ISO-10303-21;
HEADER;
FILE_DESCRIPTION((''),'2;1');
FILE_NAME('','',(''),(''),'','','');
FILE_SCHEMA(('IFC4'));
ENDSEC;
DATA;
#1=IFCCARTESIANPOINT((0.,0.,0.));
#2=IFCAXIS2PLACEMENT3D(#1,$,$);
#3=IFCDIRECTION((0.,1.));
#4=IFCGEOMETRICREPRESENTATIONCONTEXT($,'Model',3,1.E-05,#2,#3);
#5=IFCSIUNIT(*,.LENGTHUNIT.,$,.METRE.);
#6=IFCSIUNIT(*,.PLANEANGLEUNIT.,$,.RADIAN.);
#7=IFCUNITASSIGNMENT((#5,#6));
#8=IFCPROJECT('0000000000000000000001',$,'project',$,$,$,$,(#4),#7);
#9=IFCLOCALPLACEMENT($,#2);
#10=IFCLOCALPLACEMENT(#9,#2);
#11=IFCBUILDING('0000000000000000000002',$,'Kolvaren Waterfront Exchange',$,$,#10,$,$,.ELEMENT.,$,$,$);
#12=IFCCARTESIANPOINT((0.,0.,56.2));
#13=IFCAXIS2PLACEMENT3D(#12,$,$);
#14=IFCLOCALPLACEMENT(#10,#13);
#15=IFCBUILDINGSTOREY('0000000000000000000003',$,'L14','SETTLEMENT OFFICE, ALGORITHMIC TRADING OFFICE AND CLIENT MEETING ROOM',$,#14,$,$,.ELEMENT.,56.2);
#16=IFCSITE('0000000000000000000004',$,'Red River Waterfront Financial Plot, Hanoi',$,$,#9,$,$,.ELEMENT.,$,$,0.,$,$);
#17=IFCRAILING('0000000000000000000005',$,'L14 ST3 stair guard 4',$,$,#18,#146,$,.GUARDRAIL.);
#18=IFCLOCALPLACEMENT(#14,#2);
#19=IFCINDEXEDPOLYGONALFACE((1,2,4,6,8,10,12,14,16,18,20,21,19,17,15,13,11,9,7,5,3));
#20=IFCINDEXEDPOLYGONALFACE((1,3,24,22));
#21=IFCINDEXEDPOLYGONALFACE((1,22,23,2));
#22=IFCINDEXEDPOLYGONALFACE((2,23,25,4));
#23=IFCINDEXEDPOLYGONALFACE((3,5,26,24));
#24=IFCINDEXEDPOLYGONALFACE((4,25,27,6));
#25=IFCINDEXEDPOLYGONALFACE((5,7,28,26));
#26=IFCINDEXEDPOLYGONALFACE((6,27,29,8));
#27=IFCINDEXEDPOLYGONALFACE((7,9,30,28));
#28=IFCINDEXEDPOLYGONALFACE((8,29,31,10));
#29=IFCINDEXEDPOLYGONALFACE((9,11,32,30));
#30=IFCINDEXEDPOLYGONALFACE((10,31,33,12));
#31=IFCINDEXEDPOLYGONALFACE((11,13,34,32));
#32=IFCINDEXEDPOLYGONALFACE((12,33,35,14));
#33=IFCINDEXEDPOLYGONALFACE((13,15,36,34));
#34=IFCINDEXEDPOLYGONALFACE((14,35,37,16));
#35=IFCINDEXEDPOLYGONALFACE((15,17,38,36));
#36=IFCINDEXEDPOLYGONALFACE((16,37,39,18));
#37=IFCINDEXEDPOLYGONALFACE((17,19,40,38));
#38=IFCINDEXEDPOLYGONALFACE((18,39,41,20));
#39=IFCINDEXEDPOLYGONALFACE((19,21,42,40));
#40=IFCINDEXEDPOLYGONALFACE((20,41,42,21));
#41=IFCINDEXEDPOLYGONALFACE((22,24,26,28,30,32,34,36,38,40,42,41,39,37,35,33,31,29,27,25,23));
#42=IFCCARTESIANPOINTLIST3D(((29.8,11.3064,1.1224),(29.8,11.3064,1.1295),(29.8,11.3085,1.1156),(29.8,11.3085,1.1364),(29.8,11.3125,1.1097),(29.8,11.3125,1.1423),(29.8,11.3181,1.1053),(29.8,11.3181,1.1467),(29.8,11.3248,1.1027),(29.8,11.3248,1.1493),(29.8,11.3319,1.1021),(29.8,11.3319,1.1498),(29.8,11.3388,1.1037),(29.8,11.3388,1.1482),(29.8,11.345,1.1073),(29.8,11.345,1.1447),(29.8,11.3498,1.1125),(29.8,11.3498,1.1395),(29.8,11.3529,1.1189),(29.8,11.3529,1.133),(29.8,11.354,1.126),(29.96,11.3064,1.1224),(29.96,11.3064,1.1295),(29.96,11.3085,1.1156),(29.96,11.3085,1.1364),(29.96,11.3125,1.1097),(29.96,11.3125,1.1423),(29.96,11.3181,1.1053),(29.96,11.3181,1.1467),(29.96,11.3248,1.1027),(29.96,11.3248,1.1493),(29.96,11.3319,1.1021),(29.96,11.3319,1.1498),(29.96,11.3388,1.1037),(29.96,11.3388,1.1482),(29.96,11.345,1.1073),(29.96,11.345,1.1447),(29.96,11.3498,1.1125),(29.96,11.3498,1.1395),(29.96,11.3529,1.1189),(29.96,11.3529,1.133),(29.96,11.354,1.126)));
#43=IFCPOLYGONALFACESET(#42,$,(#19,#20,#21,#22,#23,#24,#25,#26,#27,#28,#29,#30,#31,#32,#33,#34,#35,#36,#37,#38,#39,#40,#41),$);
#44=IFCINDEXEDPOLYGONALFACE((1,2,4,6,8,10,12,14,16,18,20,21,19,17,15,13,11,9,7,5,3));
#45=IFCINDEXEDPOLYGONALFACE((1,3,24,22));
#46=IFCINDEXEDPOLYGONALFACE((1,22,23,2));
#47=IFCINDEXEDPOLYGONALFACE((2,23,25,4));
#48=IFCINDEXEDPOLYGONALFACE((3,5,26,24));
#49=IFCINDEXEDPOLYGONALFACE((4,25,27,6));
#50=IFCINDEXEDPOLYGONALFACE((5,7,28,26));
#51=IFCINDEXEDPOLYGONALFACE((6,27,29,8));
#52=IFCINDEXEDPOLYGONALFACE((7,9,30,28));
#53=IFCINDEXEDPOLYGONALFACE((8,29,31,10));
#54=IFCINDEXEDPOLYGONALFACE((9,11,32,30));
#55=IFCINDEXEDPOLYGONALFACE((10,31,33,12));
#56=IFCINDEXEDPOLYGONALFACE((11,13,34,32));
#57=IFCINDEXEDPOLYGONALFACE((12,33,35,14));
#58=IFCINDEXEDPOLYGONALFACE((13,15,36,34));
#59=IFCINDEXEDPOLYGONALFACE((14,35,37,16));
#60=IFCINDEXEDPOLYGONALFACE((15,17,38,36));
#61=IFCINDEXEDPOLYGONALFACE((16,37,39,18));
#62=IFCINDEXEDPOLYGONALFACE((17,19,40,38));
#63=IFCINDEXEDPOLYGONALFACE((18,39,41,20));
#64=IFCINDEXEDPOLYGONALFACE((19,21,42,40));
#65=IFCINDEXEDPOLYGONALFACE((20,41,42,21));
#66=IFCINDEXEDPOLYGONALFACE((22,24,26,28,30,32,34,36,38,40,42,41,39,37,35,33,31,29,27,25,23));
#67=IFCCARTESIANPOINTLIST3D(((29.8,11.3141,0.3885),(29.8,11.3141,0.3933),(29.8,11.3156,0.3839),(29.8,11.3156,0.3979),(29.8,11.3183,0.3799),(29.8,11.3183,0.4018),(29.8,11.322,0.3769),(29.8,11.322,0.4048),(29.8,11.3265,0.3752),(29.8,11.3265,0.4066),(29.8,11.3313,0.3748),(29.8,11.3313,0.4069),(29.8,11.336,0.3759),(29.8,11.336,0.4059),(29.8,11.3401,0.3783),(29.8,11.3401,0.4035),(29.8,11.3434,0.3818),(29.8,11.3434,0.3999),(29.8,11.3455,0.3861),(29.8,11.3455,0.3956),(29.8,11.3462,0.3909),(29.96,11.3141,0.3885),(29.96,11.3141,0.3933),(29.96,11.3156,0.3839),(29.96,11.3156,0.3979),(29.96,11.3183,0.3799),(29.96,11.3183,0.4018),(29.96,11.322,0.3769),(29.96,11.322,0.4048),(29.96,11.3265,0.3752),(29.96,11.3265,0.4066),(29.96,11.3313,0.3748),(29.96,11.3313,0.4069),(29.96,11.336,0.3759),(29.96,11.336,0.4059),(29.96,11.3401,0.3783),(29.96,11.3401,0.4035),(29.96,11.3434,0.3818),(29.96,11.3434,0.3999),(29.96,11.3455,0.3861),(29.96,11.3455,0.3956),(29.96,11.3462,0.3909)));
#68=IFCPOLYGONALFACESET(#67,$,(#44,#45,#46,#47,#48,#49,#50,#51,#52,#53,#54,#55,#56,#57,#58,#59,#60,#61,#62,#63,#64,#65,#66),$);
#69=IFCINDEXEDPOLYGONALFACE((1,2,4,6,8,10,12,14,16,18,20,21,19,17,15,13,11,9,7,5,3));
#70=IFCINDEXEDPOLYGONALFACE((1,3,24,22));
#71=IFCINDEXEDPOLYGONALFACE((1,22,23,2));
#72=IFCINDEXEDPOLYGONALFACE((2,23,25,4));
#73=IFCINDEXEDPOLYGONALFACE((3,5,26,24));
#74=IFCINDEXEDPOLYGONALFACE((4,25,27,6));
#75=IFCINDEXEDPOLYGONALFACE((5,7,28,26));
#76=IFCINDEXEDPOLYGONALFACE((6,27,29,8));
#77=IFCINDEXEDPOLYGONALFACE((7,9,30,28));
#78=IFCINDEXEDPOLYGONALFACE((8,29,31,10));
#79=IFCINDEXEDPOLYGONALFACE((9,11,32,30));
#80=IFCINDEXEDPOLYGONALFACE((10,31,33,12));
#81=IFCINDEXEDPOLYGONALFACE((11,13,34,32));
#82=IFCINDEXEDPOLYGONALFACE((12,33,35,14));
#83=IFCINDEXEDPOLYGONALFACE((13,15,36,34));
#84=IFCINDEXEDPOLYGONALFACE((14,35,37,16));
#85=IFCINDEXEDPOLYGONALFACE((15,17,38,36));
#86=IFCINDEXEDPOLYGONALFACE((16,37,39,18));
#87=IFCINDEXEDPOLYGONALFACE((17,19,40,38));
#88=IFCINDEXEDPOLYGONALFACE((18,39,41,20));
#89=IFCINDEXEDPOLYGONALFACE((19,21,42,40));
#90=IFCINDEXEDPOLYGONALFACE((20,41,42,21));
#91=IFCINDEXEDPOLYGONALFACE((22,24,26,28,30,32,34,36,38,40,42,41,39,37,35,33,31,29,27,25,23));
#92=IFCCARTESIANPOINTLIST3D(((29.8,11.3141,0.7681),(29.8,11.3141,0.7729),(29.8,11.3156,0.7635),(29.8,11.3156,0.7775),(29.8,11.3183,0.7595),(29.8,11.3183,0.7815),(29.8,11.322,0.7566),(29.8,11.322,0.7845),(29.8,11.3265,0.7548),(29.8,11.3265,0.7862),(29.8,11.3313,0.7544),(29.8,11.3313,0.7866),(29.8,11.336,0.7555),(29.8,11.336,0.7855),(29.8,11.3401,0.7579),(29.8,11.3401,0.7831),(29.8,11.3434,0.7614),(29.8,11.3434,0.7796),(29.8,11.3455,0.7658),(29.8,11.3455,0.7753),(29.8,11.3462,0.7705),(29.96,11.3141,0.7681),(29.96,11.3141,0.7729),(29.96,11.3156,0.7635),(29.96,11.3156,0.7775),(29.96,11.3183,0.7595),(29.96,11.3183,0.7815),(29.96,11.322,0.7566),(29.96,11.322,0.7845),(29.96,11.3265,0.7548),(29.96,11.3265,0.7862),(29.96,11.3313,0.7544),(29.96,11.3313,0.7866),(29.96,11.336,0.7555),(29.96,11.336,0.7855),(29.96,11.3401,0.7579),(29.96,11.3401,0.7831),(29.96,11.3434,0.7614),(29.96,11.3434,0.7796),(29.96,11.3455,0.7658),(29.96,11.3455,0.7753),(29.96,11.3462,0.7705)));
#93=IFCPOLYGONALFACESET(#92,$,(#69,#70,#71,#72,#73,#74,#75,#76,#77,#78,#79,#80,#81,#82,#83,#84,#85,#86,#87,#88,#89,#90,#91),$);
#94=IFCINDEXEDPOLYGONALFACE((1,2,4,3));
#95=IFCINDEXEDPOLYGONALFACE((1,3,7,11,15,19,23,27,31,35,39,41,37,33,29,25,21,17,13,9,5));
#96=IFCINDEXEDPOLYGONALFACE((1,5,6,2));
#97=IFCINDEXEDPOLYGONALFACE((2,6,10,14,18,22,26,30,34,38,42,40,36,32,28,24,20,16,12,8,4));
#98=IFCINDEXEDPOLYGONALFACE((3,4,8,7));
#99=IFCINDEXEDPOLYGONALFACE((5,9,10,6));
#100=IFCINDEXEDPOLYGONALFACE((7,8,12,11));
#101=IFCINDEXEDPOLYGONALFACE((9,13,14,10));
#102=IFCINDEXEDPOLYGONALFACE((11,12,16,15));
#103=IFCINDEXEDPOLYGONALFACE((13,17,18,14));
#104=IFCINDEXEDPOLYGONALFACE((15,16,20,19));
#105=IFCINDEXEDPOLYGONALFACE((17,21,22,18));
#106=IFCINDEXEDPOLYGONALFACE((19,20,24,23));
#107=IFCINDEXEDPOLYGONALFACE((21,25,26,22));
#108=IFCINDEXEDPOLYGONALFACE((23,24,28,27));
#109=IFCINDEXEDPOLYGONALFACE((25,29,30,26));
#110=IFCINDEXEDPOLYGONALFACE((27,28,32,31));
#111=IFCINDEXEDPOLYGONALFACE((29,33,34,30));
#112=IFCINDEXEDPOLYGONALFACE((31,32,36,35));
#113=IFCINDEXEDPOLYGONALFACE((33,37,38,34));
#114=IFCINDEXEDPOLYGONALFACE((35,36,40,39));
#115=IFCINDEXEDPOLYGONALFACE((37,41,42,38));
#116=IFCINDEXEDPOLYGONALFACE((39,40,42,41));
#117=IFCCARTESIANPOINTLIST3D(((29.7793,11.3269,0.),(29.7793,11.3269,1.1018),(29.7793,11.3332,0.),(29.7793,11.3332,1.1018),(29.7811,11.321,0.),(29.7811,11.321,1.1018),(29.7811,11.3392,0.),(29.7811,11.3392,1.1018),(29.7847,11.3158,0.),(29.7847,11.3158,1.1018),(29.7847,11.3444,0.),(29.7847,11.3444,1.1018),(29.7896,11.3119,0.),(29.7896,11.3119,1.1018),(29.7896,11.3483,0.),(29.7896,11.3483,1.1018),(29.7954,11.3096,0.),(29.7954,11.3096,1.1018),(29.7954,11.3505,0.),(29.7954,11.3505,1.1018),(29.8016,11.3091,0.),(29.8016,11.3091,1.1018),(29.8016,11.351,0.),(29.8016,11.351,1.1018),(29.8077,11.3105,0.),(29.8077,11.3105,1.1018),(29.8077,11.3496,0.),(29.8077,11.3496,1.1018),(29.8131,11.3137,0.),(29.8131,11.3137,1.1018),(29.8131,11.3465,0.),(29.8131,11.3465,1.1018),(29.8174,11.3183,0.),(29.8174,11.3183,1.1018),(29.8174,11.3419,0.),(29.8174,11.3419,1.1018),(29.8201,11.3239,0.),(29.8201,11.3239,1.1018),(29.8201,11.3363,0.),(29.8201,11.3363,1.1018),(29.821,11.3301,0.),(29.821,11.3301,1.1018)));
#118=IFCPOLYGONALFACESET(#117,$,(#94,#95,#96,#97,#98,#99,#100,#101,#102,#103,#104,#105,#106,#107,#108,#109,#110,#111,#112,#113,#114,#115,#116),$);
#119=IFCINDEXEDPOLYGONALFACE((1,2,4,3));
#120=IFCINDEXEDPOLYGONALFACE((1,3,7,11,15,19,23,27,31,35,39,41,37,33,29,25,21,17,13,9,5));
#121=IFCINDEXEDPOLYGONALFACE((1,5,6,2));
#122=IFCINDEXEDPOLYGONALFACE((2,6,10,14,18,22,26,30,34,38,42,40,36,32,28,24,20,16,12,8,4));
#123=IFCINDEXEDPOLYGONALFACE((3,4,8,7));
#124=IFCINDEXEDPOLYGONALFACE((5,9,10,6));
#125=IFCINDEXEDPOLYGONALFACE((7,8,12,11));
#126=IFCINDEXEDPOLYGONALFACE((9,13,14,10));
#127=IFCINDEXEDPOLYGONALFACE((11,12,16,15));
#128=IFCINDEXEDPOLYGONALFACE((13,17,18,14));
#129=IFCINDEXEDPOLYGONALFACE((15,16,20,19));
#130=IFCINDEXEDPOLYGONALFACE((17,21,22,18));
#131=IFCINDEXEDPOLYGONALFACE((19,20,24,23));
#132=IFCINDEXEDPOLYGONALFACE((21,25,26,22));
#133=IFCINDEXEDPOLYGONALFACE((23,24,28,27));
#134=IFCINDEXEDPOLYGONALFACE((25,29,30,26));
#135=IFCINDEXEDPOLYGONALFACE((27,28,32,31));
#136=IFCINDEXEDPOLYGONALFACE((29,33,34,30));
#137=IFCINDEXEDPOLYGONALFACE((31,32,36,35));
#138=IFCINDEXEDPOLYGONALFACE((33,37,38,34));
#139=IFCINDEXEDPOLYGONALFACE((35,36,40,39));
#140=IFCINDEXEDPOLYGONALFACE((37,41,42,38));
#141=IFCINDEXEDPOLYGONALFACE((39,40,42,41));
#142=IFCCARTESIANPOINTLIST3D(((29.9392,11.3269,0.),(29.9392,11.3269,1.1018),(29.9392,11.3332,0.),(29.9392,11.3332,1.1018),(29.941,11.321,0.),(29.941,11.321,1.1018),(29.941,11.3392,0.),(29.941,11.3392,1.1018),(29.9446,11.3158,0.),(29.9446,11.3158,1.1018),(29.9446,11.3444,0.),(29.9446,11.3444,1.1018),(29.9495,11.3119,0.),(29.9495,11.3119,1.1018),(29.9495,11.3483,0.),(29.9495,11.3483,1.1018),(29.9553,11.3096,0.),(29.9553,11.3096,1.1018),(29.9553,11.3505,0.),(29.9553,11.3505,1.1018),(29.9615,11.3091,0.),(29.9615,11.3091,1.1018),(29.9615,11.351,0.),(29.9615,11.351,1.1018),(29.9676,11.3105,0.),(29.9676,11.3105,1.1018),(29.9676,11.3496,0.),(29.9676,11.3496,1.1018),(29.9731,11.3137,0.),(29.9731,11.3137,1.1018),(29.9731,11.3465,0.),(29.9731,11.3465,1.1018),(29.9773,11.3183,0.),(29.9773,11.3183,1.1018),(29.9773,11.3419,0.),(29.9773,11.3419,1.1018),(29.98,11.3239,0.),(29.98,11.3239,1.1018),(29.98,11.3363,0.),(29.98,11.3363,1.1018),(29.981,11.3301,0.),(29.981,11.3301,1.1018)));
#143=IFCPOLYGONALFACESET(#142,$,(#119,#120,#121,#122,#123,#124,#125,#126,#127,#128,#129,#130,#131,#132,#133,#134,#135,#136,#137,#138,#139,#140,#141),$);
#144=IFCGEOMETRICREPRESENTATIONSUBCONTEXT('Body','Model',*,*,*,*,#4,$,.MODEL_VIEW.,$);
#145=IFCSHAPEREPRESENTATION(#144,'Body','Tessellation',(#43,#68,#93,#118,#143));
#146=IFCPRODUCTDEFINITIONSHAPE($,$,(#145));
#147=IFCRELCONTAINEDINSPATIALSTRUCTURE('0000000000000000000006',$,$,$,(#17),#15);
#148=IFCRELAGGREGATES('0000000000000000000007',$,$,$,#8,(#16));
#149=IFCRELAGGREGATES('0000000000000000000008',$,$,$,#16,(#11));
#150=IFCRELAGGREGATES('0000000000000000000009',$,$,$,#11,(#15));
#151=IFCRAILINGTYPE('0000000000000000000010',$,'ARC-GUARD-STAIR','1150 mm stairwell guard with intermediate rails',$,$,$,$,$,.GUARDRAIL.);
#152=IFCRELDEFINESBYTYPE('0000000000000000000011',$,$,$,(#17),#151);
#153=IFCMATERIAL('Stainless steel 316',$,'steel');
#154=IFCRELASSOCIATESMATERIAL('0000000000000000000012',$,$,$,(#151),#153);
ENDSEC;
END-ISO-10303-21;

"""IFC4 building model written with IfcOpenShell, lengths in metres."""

from ifc_helpers import new_model, si_unit, direction, frame, origin, origin_2d, place, context, subcontext, project, spatial, circle, extrude, material, type_object, element, save


model = new_model("IFC4")

# Units and contexts
model_context = context("Model", 3, precision=1e-05, world=origin(), true_north=direction((0.0, 1.0)))
body_context = subcontext(model_context, "Body", "Model", "MODEL_VIEW")
ifc_project = project(units=[si_unit("LENGTHUNIT", "METRE"), si_unit("PLANEANGLEUNIT", "RADIAN")], contexts=[model_context])

# Site, building, storey
site_placement = place(None, origin())
site = spatial("IfcSite", under=ifc_project, at=site_placement, Name="Red River Waterfront Financial Plot, Hanoi", CompositionType="ELEMENT", RefElevation=0.0)
building_placement = place(site_placement, origin())
building = spatial("IfcBuilding", under=site, at=building_placement, Name="Kolvaren Waterfront Exchange", CompositionType="ELEMENT")
storey_placement = place(building_placement, frame((0.0, 0.0, 56.2)))
storey = spatial("IfcBuildingStorey", under=building, at=storey_placement, Name="L14", Description="SETTLEMENT OFFICE, ALGORITHMIC TRADING OFFICE AND CLIENT MEETING ROOM", CompositionType="ELEMENT", Elevation=56.2)

# Railing
ifc_material_1 = material(Name="Stainless steel 316", Category="steel")
railing_type = type_object("IfcRailingType", Name="ARC-GUARD-STAIR", Description="1150 mm stairwell guard with intermediate rails", PredefinedType="GUARDRAIL", material=ifc_material_1)
railing_1_placement = place(storey_placement, frame((29.8, 11.3301, 0.0)))
element("IfcRailing", 1, at=railing_1_placement, inside=storey, type_object=railing_type, Name="L14 ST3 stair guard 4", PredefinedType="GUARDRAIL", context=body_context, shape_type="SweptSolid", body=[
    extrude(circle(Radius=0.0239, at=origin_2d()), frame((0.0, 0.0, 1.126), z_axis=(1.0, 0.0, 0.0), x_axis=(0.0, 1.0, 0.0)), (0.0, 0.0, 1.0), 0.1599),
    extrude(circle(Radius=0.0161, at=origin_2d()), frame((0.0, 0.0, 0.3909), z_axis=(1.0, 0.0, 0.0), x_axis=(0.0, 1.0, 0.0)), (0.0, 0.0, 1.0), 0.1599),
    extrude(circle(Radius=0.0161, at=origin_2d()), frame((0.0, 0.0, 0.7705), z_axis=(1.0, 0.0, 0.0), x_axis=(0.0, 1.0, 0.0)), (0.0, 0.0, 1.0), 0.1599),
    extrude(circle(Radius=0.021, at=origin_2d()), origin(), (0.0, 0.0, 1.0), 1.1018),
    extrude(circle(Radius=0.021, at=origin_2d()), frame((0.1599, 0.0, 0.0)), (0.0, 0.0, 1.0), 1.1018),
])

save(model, "model.ifc")
